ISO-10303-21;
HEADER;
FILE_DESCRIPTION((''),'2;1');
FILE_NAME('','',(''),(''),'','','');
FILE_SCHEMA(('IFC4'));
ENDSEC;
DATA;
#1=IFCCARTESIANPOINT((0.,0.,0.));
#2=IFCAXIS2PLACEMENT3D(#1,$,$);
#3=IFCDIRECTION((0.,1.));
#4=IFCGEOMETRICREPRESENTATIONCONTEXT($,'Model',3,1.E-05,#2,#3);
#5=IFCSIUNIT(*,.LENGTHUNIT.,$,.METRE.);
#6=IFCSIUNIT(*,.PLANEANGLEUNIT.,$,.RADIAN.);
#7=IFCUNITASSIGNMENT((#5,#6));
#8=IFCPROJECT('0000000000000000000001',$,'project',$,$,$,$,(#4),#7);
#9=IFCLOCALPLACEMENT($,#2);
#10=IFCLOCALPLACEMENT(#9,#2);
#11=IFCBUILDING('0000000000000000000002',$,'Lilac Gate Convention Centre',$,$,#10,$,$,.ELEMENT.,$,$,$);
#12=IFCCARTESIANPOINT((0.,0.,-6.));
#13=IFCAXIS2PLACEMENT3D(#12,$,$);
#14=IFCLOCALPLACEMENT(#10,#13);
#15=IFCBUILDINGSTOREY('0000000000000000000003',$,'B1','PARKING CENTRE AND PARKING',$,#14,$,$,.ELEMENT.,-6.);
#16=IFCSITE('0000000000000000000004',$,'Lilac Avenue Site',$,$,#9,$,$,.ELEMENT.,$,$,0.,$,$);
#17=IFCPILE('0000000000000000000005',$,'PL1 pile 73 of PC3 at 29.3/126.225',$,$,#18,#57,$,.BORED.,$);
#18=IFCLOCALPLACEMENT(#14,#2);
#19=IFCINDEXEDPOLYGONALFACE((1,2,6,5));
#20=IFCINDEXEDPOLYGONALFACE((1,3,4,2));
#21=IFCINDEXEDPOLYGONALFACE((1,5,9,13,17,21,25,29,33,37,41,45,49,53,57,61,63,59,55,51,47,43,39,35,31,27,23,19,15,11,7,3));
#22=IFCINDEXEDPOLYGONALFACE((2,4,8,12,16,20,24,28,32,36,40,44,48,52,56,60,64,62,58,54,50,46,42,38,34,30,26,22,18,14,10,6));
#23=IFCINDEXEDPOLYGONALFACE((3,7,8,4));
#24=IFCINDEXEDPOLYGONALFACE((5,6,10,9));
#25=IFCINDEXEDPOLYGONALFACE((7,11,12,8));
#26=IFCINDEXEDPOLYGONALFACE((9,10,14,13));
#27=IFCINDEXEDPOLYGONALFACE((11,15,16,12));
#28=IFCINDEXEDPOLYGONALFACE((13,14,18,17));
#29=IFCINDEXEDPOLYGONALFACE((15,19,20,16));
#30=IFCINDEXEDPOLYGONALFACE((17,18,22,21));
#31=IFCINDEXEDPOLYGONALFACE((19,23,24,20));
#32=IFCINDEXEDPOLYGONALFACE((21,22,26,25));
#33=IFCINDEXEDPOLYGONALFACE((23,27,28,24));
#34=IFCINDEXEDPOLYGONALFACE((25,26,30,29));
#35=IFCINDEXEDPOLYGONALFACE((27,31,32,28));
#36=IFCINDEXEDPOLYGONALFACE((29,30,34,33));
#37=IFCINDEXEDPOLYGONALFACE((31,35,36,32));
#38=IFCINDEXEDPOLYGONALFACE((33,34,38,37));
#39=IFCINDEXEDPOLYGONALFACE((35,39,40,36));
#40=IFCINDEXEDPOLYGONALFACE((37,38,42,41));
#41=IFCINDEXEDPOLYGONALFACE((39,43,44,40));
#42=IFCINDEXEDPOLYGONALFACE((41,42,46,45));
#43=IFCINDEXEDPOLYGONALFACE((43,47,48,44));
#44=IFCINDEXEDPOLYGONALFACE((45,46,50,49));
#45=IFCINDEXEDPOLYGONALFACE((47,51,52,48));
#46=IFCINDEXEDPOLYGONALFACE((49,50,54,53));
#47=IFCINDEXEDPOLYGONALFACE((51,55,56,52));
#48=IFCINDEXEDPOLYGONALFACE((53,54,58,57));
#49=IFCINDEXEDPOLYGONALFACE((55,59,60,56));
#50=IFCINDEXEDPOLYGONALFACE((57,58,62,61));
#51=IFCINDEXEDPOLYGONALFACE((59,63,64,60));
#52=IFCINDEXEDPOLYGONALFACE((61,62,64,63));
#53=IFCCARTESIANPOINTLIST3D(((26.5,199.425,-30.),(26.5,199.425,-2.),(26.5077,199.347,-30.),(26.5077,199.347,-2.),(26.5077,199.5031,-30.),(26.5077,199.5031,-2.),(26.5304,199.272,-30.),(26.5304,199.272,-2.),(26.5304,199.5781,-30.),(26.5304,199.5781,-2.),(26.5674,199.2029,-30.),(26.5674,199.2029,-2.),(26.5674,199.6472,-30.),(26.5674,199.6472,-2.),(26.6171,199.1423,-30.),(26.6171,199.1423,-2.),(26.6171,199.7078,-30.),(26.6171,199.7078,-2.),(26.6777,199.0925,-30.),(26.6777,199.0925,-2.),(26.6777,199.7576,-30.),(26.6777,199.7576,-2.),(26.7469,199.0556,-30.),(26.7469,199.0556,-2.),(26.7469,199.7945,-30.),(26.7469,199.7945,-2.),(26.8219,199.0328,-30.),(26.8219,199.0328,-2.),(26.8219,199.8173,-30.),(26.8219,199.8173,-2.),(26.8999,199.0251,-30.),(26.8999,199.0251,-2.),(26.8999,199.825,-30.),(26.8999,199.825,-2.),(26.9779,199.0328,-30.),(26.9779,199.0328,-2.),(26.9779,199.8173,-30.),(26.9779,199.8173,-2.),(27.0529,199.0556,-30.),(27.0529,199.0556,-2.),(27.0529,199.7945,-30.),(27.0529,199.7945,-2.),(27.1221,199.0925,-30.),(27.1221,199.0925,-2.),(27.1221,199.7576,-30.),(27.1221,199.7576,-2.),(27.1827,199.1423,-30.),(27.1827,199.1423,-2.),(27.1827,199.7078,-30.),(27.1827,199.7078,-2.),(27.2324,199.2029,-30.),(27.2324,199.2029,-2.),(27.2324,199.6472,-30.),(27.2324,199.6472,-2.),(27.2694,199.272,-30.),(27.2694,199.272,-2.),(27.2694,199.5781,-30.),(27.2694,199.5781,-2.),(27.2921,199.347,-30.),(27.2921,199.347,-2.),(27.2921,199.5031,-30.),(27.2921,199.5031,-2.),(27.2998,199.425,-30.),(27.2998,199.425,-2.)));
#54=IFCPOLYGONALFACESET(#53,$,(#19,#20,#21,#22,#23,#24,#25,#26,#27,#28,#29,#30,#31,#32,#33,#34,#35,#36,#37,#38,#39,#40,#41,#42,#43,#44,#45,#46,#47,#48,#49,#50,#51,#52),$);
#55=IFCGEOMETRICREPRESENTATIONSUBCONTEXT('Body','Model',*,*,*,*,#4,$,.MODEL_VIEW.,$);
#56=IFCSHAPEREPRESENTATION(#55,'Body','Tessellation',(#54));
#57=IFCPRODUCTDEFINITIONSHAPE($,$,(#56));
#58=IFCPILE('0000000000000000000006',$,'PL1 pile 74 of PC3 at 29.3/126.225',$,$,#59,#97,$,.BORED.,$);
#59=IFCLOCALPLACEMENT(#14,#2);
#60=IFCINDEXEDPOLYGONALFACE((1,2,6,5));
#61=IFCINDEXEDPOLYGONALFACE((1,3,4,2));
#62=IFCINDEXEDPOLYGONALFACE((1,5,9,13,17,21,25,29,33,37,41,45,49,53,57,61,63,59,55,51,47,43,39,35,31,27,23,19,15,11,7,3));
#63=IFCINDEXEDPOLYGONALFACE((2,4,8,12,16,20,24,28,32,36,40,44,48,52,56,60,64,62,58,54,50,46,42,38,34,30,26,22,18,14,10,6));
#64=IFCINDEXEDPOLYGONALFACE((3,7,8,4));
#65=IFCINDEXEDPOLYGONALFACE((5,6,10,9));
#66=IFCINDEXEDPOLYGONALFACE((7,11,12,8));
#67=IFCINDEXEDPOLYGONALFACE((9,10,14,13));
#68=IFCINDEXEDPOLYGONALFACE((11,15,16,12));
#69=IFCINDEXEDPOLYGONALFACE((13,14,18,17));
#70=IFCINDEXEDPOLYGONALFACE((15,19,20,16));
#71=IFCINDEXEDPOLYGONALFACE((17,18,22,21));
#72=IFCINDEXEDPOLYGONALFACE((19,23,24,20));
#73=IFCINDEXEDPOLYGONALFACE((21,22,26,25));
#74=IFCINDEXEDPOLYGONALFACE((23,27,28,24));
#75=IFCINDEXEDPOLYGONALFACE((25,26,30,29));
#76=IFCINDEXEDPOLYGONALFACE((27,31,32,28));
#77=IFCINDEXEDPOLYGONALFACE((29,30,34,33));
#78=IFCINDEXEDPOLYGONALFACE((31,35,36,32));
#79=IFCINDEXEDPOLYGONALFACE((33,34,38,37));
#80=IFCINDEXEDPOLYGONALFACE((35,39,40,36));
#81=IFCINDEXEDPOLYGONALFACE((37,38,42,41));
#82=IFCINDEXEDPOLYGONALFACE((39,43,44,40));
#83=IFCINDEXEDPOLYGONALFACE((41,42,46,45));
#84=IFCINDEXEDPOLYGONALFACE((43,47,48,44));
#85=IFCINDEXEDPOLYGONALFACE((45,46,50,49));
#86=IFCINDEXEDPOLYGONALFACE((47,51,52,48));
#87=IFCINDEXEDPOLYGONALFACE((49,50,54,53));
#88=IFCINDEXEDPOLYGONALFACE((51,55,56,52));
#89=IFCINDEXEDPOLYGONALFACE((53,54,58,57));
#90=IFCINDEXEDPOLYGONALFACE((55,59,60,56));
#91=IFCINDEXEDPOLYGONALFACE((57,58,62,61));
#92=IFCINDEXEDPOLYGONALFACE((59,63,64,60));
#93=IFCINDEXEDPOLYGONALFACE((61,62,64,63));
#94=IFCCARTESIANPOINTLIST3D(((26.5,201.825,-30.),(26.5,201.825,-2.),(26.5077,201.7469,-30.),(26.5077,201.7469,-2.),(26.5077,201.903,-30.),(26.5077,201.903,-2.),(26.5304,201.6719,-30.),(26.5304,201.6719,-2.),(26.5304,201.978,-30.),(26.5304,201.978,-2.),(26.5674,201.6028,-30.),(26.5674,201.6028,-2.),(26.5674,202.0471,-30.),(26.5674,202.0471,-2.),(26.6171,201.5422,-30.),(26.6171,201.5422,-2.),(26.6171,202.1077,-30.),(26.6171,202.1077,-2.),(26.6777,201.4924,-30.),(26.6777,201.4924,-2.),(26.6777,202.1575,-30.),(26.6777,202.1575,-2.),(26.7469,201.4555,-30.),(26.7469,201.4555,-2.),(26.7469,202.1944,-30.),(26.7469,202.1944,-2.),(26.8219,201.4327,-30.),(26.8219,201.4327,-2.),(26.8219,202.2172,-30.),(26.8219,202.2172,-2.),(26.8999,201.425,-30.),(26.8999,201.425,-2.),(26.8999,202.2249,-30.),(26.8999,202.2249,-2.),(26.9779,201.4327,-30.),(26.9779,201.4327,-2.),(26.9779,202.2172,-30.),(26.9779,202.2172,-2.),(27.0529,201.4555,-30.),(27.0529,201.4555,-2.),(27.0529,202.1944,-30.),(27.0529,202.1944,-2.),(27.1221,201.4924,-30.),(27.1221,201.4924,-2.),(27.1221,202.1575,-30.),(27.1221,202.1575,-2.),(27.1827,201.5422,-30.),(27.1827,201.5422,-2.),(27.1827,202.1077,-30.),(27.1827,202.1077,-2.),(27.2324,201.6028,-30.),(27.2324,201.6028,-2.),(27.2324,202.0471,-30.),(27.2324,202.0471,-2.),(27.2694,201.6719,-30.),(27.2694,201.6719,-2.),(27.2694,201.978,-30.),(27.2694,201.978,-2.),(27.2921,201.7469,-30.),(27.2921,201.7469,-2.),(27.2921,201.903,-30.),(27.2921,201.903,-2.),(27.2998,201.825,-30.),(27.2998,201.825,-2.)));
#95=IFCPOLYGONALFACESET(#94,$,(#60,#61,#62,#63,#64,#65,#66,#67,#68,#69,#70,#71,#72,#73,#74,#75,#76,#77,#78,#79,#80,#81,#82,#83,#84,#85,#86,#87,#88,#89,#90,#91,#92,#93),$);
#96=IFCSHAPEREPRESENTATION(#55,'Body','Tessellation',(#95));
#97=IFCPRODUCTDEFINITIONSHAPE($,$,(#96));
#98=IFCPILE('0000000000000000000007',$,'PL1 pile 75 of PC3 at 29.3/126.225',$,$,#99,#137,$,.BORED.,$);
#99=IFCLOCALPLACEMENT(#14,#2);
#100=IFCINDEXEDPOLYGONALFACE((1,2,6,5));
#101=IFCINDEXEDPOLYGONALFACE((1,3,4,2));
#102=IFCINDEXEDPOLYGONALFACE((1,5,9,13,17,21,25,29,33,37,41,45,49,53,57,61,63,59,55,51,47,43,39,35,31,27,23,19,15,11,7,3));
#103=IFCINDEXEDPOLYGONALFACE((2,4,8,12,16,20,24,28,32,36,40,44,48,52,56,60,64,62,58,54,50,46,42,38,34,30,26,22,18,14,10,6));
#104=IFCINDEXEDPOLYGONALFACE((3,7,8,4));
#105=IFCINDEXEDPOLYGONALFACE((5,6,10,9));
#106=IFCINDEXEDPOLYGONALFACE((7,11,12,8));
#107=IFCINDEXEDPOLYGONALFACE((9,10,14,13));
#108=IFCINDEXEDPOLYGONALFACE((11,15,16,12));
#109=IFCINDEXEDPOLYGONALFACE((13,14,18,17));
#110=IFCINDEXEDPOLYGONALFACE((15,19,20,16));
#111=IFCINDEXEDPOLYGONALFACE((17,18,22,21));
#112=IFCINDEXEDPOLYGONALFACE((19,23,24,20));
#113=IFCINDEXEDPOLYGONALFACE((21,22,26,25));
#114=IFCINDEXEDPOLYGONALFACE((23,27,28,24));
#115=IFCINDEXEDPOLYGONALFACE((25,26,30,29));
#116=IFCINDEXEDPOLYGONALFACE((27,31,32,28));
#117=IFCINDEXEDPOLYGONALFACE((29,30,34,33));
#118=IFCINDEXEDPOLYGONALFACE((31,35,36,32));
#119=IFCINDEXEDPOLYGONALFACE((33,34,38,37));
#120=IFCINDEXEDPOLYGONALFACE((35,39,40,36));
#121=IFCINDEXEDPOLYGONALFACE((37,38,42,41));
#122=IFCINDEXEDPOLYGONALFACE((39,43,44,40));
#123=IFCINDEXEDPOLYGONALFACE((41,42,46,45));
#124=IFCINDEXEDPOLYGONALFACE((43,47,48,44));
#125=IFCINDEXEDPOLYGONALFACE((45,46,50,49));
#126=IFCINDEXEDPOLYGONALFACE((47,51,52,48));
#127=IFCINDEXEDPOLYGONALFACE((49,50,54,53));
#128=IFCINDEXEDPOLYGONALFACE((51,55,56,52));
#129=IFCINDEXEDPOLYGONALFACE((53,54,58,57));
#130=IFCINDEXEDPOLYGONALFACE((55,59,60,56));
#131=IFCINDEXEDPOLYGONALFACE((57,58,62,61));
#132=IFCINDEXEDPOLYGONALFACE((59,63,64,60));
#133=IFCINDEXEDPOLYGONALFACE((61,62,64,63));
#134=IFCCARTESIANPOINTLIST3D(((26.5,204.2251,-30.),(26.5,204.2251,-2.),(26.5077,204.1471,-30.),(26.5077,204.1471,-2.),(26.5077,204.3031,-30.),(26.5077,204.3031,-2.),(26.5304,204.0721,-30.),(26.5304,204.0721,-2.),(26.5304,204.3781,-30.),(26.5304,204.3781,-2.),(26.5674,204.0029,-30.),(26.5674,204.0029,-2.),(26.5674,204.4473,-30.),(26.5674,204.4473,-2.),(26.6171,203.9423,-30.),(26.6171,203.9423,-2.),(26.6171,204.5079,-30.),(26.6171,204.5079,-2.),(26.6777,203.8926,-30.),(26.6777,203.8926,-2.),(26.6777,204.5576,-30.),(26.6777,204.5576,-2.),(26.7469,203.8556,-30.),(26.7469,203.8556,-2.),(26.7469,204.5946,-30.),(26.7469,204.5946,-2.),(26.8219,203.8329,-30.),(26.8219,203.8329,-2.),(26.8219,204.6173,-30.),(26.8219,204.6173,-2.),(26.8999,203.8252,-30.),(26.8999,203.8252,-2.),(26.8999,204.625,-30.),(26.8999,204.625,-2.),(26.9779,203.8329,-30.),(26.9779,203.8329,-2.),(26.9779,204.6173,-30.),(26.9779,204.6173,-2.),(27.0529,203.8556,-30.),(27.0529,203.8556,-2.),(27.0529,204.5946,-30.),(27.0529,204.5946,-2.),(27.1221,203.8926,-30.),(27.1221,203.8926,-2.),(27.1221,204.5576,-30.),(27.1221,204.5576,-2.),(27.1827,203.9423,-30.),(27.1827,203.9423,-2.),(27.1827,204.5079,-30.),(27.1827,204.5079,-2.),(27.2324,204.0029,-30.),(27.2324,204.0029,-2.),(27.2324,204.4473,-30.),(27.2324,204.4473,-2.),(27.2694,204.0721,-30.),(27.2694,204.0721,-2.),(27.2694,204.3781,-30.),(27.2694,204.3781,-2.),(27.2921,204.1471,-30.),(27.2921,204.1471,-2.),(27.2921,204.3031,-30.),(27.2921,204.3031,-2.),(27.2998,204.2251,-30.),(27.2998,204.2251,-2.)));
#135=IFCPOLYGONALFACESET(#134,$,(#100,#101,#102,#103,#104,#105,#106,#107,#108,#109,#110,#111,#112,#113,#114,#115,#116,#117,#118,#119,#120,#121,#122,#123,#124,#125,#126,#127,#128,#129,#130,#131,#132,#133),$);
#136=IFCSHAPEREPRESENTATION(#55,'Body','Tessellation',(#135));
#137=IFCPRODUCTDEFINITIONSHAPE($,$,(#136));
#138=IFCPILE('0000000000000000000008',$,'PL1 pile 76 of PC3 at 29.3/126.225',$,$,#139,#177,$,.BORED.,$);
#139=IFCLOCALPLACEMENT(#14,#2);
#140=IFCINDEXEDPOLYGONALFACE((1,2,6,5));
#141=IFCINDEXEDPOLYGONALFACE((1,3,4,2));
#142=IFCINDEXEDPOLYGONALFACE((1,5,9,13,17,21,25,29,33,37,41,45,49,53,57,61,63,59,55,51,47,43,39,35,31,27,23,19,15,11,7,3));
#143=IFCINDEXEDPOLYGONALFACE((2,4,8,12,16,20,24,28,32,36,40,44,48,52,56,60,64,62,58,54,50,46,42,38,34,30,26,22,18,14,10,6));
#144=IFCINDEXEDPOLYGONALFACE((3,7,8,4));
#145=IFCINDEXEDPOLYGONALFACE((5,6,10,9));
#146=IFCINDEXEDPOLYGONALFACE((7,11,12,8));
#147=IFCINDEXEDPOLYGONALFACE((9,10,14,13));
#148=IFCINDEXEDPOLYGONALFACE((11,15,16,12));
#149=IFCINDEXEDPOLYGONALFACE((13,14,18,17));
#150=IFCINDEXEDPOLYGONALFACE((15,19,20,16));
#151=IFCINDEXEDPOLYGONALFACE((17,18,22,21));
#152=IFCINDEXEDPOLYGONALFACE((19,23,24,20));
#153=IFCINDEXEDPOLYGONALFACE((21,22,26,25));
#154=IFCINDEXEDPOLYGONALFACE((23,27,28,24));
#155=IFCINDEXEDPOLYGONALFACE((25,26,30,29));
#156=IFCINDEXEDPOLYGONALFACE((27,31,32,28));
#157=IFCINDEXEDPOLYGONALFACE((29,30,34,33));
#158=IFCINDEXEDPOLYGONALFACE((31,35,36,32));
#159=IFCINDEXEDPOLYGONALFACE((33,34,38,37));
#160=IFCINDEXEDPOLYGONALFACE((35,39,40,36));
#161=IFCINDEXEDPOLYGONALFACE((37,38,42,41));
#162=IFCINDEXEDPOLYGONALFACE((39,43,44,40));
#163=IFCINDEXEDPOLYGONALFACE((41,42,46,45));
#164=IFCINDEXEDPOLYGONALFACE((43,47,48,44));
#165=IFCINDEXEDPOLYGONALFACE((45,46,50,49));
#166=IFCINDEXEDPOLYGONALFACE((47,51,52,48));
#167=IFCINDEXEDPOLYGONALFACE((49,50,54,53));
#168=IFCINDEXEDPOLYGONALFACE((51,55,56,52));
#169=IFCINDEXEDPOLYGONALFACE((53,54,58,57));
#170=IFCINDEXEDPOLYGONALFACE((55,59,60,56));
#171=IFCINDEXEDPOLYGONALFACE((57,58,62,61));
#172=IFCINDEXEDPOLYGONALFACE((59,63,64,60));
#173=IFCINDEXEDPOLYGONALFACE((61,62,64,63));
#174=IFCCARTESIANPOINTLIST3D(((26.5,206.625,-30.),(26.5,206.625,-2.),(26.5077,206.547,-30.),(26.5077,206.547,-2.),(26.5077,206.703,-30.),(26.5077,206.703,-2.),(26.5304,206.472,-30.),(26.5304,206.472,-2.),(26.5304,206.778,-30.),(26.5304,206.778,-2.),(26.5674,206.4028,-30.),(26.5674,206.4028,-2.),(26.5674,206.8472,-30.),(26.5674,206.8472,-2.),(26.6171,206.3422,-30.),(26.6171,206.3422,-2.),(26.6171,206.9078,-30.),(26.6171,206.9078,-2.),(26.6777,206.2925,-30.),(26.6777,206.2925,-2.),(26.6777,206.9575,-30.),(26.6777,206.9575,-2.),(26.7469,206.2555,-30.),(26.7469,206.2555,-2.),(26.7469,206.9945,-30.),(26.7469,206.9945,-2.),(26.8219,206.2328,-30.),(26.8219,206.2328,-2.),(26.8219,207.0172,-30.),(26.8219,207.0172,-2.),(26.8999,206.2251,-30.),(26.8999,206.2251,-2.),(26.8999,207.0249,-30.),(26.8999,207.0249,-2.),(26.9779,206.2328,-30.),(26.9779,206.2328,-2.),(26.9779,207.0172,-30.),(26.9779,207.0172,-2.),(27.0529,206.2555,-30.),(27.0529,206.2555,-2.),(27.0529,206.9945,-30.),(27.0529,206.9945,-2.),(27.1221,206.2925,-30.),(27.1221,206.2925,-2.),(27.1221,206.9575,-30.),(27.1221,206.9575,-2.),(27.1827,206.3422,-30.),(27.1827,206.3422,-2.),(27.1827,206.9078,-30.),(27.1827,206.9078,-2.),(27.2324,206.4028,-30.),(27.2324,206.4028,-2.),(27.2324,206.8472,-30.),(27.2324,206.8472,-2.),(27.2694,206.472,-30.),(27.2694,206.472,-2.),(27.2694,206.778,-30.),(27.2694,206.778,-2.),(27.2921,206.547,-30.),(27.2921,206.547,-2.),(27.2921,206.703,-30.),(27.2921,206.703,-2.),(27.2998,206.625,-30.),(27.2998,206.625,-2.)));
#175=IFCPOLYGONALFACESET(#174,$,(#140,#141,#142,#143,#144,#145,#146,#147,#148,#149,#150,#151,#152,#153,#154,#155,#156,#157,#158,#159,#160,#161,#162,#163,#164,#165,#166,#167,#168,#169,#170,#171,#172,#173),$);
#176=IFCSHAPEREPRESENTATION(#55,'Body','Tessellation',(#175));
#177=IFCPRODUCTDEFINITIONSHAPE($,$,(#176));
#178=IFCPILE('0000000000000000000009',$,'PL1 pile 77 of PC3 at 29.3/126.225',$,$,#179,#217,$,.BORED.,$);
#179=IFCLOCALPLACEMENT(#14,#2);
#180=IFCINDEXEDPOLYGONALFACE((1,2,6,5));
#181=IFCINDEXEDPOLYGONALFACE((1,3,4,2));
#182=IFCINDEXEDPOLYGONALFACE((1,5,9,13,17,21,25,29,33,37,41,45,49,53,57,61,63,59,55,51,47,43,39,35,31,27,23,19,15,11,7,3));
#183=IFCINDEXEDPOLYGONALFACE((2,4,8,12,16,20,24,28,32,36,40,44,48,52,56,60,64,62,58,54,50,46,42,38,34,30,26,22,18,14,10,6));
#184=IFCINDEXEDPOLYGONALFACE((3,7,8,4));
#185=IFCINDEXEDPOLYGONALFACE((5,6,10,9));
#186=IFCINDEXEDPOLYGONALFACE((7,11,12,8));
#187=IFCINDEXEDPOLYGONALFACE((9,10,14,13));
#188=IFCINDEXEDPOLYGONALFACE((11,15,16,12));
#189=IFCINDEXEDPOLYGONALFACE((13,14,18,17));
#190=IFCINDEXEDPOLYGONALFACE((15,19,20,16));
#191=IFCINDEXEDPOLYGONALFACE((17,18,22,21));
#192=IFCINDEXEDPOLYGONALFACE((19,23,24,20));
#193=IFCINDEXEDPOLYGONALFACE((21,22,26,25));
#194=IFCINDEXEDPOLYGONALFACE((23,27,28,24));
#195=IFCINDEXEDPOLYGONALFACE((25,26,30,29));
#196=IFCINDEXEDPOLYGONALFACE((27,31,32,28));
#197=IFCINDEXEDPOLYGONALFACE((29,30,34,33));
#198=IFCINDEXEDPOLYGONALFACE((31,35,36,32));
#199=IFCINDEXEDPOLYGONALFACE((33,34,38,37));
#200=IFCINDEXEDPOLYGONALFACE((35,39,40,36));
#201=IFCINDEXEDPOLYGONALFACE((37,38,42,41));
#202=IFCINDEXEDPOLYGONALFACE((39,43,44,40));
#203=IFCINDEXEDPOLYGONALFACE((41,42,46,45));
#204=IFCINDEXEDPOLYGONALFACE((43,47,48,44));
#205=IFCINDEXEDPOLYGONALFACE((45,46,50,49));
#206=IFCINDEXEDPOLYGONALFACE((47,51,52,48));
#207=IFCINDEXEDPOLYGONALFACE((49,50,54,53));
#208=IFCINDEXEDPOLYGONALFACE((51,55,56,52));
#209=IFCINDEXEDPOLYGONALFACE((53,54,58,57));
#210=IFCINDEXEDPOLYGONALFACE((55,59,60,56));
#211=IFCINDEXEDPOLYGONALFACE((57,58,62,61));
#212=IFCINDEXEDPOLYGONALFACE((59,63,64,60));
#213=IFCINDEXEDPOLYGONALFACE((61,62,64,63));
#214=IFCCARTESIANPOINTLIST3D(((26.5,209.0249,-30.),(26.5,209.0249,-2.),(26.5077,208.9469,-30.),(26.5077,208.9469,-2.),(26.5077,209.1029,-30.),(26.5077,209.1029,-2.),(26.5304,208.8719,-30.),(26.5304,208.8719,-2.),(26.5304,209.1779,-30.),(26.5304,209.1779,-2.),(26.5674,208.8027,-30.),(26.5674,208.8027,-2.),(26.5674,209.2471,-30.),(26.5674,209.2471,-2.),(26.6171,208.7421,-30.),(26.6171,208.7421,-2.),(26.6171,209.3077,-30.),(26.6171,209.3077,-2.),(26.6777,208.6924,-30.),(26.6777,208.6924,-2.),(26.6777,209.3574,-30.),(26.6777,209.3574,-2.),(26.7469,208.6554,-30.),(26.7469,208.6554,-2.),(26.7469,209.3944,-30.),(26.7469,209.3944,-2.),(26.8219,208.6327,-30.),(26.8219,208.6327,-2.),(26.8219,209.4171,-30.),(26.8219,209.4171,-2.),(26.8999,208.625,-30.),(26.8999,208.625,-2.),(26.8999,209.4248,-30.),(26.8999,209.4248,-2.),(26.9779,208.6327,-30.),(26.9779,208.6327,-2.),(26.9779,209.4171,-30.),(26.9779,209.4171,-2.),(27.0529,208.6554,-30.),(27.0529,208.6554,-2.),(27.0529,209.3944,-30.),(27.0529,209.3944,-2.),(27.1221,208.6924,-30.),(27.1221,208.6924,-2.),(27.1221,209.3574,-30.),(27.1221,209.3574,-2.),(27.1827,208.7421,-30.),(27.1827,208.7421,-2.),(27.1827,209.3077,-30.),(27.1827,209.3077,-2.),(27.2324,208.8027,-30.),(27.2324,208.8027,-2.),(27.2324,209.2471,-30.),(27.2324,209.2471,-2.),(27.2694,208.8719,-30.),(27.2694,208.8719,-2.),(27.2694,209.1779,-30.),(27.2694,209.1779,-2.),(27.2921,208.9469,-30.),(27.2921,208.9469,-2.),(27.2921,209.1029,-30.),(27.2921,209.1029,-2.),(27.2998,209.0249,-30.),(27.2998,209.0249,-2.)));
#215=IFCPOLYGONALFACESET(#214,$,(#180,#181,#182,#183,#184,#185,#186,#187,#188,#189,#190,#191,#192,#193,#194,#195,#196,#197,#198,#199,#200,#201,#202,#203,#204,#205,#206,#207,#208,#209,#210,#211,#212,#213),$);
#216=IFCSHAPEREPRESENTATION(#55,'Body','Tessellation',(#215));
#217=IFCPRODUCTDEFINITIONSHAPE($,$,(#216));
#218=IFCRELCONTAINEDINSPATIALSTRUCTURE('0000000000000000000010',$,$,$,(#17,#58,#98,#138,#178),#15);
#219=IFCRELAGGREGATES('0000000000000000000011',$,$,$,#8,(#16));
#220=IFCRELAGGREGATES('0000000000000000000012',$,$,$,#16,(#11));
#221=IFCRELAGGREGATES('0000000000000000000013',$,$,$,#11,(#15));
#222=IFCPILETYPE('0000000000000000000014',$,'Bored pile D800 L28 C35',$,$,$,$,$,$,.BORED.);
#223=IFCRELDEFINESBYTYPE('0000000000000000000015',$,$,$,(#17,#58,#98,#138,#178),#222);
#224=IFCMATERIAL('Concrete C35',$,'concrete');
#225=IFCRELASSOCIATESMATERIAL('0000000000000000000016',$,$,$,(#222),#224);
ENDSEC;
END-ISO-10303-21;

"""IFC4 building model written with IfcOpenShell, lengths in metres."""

from ifc_helpers import new_model, si_unit, direction, frame, origin, origin_2d, place, context, subcontext, project, spatial, circle, extrude, material, material_profile, profile_set, type_object, element, save


model = new_model("IFC4")

# Units and contexts
model_context = context("Model", 3, precision=1e-05, world=origin(), true_north=direction((0.0, 1.0)))
body_context = subcontext(model_context, "Body", "Model", "MODEL_VIEW")
ifc_project = project(units=[si_unit("LENGTHUNIT", "METRE"), si_unit("PLANEANGLEUNIT", "RADIAN")], contexts=[model_context])

# Site, building, storey
site_placement = place(None, origin())
site = spatial("IfcSite", under=ifc_project, at=site_placement, Name="Lilac Avenue Site", CompositionType="ELEMENT", RefElevation=0.0)
building_placement = place(site_placement, origin())
building = spatial("IfcBuilding", under=site, at=building_placement, Name="Lilac Gate Convention Centre", CompositionType="ELEMENT")
storey_placement = place(building_placement, frame((0.0, 0.0, -6.0)))
storey = spatial("IfcBuildingStorey", under=building, at=storey_placement, Name="B1", Description="PARKING CENTRE AND PARKING", CompositionType="ELEMENT", Elevation=-6.0)

# Piles
ifc_material_1 = material(Name="Concrete C35", Category="concrete")
ifc_material_profile_1 = material_profile(ifc_material_1, circle(Radius=0.3999, at=origin_2d()), Name="D800")
ifc_profile_set_1 = profile_set([ifc_material_profile_1], Name="Concrete C35")
pile_type = type_object("IfcPileType", Name="Bored pile D800 L28 C35", PredefinedType="BORED", material=ifc_profile_set_1)
for number, where, z_axis, x_axis, name in (
    (1, (26.8999, 199.425, -2.0), (0.0, 0.0, -1.0), (1.0, 0.0, 0.0), "PL1 pile 73 of PC3 at 29.3/126.225"),
    (2, (26.8999, 201.825, -2.0), (0.0, 0.0, -1.0), (1.0, 0.0, 0.0), "PL1 pile 74 of PC3 at 29.3/126.225"),
    (3, (26.8999, 204.2251, -2.0), (0.0, 0.0, -1.0), (1.0, 0.0, 0.0), "PL1 pile 75 of PC3 at 29.3/126.225"),
    (4, (26.8999, 206.625, -2.0), (0.0, 0.0, -1.0), (1.0, 0.0, 0.0), "PL1 pile 76 of PC3 at 29.3/126.225"),
    (5, (26.8999, 209.0249, -2.0), (0.0, 0.0, -1.0), (1.0, 0.0, 0.0), "PL1 pile 77 of PC3 at 29.3/126.225"),
):
    element("IfcPile", number, at=place(storey_placement, frame(where, z_axis=z_axis, x_axis=x_axis)), inside=storey, type_object=pile_type, Name=name, PredefinedType="BORED", context=body_context, shape_type="SweptSolid", body=[
        extrude(circle(Radius=0.3999, at=origin_2d()), origin(), (0.0, 0.0, 1.0), 28.0),
    ])

save(model, "model.ifc")
